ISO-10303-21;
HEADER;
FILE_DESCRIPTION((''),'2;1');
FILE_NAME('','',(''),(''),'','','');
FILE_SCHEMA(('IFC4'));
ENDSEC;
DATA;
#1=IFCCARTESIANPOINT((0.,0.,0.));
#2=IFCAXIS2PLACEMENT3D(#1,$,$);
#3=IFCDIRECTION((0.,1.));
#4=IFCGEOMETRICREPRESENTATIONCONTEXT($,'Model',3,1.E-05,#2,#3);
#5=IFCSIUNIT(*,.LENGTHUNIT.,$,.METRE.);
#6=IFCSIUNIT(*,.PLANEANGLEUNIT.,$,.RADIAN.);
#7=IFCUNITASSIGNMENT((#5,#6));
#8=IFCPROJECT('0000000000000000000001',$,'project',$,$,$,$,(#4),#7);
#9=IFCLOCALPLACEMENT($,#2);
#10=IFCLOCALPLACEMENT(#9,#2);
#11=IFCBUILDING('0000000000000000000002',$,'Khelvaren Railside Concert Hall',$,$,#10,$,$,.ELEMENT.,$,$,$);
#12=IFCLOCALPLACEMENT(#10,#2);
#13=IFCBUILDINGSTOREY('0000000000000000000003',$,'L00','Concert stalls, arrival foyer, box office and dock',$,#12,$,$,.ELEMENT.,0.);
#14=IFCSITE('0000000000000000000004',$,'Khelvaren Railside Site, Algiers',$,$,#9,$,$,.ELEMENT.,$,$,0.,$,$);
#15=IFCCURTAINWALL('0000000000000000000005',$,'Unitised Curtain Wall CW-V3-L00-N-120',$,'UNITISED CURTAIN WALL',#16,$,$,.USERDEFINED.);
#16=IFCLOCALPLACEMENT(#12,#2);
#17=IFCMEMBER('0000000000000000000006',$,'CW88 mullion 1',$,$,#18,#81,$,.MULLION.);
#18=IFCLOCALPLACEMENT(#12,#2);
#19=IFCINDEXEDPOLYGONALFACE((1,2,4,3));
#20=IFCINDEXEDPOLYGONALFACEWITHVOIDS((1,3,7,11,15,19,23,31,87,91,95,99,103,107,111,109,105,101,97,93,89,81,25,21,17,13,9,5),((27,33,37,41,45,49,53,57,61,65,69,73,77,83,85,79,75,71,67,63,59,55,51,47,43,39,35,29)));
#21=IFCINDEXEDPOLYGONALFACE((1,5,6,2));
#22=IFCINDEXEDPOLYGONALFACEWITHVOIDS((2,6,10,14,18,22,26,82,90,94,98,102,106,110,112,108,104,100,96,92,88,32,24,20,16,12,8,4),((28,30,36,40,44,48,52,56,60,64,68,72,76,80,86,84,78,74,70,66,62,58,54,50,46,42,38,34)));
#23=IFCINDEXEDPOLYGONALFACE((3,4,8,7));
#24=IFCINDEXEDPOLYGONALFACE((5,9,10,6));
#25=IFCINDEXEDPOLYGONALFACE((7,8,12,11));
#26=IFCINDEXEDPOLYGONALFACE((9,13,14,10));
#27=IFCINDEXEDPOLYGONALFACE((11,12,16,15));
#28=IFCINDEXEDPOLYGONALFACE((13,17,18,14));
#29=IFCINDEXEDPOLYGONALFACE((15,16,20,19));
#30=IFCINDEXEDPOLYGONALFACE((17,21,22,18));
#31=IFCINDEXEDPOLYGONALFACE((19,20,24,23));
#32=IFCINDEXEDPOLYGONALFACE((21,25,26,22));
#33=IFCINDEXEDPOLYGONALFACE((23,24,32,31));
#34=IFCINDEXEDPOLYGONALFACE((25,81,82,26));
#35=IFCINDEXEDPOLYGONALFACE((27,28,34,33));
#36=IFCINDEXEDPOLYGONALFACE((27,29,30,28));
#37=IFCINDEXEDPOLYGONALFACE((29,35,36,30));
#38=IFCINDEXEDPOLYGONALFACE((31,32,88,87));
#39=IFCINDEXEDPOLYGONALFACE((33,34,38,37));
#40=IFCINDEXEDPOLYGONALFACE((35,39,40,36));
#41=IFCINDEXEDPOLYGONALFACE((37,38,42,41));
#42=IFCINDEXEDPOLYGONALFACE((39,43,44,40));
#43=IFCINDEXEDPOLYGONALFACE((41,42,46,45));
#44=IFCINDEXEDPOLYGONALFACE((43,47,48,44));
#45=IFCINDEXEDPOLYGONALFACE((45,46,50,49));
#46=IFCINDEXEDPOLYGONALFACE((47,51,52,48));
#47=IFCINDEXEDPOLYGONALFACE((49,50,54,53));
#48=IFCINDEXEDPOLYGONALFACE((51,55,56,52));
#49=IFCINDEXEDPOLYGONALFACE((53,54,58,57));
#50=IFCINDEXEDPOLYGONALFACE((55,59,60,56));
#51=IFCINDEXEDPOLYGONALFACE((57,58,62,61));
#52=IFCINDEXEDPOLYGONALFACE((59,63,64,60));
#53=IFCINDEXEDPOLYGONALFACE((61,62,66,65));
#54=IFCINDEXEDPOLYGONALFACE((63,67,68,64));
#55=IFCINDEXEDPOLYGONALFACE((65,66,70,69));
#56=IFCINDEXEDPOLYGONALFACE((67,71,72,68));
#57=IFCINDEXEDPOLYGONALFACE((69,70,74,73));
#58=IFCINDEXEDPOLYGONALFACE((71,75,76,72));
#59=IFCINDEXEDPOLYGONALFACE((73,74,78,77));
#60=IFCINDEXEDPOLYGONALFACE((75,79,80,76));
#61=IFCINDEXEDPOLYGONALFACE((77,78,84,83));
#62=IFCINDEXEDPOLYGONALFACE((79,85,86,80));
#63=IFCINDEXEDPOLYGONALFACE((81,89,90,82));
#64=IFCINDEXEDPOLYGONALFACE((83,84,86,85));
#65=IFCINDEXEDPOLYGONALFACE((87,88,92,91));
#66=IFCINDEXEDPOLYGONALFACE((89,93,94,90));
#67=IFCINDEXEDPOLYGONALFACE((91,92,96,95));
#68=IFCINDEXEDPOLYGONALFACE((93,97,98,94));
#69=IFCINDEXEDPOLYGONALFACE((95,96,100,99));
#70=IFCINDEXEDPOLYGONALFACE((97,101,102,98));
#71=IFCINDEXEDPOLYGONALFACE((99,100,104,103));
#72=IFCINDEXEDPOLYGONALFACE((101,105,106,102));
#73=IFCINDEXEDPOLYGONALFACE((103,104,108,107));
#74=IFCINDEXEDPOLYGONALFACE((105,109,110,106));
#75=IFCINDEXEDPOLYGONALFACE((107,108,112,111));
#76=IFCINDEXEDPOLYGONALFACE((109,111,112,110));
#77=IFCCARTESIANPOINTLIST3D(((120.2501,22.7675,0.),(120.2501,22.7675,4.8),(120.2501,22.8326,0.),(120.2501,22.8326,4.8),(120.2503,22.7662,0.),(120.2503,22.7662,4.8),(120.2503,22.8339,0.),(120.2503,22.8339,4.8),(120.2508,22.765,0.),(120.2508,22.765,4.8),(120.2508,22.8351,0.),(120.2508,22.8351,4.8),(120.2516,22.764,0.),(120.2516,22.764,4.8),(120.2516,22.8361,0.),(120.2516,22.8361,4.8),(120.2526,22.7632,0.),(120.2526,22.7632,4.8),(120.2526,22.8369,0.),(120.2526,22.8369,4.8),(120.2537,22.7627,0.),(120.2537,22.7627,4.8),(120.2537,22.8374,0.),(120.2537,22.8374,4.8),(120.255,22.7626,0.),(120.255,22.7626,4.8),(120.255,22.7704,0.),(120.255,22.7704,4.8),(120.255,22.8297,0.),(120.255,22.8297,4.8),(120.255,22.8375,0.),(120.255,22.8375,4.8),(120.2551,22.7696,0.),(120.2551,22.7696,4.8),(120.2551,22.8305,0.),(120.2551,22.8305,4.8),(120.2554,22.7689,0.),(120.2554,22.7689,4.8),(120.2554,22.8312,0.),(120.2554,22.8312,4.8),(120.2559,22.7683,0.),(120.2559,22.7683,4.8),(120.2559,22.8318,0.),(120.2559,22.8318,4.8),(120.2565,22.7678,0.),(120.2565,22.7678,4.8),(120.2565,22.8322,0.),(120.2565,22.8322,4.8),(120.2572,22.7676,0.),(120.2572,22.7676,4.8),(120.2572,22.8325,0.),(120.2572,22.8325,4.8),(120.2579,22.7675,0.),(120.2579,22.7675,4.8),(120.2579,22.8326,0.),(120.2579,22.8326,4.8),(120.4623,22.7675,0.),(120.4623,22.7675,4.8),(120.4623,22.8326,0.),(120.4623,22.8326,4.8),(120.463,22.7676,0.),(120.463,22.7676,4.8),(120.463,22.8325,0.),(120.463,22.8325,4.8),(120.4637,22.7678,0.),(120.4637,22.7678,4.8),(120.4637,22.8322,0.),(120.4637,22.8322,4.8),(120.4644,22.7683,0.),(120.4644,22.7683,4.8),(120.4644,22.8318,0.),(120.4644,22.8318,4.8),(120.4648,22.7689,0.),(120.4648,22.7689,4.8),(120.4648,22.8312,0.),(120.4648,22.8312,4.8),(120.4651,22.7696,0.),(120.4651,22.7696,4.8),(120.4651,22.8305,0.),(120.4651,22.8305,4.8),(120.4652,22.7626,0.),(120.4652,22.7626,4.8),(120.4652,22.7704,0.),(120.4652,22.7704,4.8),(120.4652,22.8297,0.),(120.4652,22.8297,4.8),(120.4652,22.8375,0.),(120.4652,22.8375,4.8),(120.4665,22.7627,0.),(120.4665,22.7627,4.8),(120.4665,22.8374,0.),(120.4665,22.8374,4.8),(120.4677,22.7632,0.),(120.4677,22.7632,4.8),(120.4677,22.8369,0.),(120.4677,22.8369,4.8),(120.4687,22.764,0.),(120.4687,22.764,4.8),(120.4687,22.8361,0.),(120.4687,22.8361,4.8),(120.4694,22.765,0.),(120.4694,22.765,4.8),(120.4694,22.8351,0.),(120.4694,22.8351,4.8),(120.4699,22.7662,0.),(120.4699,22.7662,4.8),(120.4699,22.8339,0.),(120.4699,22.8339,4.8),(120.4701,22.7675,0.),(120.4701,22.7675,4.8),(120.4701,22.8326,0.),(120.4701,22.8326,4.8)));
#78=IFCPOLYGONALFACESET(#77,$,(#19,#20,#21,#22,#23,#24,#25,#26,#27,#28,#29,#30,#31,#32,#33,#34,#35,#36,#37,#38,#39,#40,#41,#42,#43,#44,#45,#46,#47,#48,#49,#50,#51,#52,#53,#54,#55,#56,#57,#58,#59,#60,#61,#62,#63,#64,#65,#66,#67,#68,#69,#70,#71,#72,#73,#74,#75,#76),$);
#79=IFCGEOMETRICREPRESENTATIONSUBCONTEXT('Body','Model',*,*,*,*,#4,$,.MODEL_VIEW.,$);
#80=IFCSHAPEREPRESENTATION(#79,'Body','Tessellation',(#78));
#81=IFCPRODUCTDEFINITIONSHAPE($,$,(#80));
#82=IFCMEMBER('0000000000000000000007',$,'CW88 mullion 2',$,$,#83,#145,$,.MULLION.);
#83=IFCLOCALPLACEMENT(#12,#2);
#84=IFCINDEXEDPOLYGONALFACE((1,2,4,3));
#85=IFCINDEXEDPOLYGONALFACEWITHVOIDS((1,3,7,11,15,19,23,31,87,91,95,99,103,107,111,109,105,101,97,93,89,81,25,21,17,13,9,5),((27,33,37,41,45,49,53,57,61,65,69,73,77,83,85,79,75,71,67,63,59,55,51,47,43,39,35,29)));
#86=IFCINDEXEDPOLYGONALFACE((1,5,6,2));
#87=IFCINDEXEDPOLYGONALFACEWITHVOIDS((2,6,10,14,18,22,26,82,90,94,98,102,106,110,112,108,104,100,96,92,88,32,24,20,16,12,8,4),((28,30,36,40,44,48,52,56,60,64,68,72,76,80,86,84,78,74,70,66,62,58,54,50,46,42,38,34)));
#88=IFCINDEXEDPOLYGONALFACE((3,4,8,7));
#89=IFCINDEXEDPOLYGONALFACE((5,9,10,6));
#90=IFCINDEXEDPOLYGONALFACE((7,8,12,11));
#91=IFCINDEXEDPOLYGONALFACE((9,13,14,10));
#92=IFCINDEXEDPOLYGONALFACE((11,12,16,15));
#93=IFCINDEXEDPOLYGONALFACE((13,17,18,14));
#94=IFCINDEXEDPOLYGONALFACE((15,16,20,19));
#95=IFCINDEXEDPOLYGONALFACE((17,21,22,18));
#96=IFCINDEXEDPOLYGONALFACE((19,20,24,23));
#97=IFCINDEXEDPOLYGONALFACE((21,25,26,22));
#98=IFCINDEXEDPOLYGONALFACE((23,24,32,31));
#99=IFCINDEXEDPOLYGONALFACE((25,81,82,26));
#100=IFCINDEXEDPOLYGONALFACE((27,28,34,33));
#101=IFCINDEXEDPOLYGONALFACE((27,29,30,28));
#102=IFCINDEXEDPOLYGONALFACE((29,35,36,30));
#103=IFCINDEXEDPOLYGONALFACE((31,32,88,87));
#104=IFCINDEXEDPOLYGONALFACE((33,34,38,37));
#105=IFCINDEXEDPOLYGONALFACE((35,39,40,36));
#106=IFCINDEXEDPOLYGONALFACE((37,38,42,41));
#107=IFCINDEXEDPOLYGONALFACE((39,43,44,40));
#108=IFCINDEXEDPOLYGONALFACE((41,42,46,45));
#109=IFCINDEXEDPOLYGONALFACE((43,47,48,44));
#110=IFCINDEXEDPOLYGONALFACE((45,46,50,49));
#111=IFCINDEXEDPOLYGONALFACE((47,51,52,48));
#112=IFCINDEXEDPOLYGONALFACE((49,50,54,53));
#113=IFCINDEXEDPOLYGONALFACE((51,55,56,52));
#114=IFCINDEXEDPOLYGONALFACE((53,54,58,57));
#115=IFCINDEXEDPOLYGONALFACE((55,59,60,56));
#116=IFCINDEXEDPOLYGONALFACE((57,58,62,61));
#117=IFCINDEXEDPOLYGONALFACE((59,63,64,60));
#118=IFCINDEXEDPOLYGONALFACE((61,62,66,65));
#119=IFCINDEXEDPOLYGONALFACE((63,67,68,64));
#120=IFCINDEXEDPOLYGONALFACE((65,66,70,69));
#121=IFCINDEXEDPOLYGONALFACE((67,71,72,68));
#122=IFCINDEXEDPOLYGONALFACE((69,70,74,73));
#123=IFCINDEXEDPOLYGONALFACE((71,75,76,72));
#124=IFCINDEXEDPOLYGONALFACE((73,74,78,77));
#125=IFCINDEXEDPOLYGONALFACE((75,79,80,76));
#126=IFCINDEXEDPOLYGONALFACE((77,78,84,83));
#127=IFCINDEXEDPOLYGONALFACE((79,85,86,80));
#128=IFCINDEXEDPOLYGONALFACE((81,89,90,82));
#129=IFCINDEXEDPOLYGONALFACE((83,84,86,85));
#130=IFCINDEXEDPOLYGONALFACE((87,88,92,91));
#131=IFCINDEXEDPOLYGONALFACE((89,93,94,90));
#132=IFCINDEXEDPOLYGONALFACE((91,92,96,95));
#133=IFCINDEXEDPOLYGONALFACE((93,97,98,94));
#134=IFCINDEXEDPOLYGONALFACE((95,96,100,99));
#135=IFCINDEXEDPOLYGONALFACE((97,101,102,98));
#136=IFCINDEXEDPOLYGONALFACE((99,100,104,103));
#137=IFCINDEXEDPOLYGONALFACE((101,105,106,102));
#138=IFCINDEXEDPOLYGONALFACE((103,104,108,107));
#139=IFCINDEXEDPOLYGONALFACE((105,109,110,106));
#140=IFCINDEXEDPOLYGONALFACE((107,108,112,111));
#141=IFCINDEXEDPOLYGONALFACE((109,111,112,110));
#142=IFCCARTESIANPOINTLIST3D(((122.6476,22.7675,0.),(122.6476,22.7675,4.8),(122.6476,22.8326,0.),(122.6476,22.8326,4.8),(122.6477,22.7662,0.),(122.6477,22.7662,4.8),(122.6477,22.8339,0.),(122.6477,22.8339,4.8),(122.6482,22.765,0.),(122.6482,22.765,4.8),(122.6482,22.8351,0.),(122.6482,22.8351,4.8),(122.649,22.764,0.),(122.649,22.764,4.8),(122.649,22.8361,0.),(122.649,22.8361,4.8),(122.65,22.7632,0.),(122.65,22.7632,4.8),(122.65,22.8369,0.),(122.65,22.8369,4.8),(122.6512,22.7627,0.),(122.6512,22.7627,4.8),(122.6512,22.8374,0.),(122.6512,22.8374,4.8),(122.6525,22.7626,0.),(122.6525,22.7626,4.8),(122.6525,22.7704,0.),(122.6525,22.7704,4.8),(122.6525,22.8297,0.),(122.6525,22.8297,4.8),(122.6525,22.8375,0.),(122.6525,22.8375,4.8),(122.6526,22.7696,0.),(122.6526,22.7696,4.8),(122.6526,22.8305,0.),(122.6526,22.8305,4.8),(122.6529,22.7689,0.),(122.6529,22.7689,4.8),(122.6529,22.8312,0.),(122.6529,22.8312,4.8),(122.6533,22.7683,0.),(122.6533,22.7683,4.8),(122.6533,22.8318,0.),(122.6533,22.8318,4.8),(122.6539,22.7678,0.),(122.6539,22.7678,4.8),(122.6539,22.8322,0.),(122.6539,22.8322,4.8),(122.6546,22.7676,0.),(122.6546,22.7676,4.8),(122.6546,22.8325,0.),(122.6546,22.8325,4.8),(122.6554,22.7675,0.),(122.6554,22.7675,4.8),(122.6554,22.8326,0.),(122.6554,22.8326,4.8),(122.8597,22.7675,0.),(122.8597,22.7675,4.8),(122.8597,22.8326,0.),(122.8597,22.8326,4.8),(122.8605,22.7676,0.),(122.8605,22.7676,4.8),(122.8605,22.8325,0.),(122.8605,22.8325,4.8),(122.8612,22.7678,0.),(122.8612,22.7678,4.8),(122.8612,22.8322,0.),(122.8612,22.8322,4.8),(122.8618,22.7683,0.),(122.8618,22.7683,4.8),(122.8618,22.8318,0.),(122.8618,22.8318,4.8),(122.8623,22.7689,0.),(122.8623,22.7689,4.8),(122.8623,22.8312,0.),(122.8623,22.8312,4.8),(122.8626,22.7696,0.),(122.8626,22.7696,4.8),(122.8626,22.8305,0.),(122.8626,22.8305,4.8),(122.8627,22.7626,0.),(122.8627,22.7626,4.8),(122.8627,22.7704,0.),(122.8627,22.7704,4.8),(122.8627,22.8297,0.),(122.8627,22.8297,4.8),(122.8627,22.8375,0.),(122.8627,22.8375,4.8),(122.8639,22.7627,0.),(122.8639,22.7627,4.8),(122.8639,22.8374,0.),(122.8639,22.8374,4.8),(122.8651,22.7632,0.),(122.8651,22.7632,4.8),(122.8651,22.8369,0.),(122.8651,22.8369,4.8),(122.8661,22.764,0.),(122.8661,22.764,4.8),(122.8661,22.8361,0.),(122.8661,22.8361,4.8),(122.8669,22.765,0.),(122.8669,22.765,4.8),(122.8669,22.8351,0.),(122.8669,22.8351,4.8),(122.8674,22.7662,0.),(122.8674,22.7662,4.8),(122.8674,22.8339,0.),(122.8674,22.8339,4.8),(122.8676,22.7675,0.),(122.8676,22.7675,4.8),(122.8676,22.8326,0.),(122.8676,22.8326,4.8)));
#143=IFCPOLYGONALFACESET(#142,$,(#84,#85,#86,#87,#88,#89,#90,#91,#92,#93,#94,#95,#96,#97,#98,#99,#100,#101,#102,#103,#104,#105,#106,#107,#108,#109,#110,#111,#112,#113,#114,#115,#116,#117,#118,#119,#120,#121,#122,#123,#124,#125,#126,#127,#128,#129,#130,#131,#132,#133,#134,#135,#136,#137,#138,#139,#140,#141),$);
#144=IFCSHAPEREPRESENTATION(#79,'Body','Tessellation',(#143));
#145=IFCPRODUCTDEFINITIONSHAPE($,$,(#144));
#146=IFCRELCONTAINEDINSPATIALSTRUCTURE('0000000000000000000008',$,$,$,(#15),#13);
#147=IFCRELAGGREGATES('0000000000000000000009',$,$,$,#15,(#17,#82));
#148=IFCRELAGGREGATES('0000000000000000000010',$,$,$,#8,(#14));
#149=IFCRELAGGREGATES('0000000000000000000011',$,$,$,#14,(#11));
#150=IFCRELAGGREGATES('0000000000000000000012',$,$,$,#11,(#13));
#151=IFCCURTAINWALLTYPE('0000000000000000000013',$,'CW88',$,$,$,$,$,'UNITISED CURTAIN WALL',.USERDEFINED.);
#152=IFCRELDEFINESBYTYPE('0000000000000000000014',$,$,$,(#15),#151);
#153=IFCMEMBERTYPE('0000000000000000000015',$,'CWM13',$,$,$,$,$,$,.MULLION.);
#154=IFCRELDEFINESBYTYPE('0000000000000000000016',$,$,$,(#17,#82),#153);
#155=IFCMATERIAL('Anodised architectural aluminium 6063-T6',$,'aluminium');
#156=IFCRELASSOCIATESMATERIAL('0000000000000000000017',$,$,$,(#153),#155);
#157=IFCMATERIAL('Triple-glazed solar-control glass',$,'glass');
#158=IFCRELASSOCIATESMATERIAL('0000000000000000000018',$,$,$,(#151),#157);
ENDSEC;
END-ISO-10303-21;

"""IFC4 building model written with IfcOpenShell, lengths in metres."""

from ifc_helpers import new_model, si_unit, direction, frame, origin, origin_2d, place, context, subcontext, project, spatial, hollow_rectangle, extrude, material, material_profile, profile_set, type_object, element, aggregate, save


model = new_model("IFC4")

# Units and contexts
model_context = context("Model", 3, precision=1e-05, world=origin(), true_north=direction((0.0, 1.0)))
body_context = subcontext(model_context, "Body", "Model", "MODEL_VIEW")
ifc_project = project(units=[si_unit("LENGTHUNIT", "METRE"), si_unit("PLANEANGLEUNIT", "RADIAN")], contexts=[model_context])

# Site, building, storey
site_placement = place(None, origin())
site = spatial("IfcSite", under=ifc_project, at=site_placement, Name="Khelvaren Railside Site, Algiers", CompositionType="ELEMENT", RefElevation=0.0)
building_placement = place(site_placement, origin())
building = spatial("IfcBuilding", under=site, at=building_placement, Name="Khelvaren Railside Concert Hall", CompositionType="ELEMENT")
storey_placement = place(building_placement, origin())
storey = spatial("IfcBuildingStorey", under=building, at=storey_placement, Name="L00", Description="Concert stalls, arrival foyer, box office and dock", CompositionType="ELEMENT", Elevation=0.0)

# Curtain wall, members
ifc_material_1 = material(Name="Triple-glazed solar-control glass", Category="glass")
ifc_material_2 = material(Name="Anodised architectural aluminium 6063-T6", Category="aluminium")
ifc_material_profile_1 = material_profile(ifc_material_2, hollow_rectangle(XDim=0.075, YDim=0.22, WallThickness=0.0049, InnerFilletRadius=0.0029, OuterFilletRadius=0.0049, at=origin_2d()), Name="CWM 75x220x5")
ifc_profile_set_1 = profile_set([ifc_material_profile_1], Name="Anodised architectural aluminium 6063-T6")
member_type_1 = type_object("IfcMemberType", Name="CWM13", PredefinedType="MULLION", material=ifc_profile_set_1)
curtain_wall_type_1 = type_object("IfcCurtainWallType", Name="CW88", ElementType="UNITISED CURTAIN WALL", PredefinedType="USERDEFINED", material=ifc_material_1)
curtain_wall_1_placement = place(storey_placement, origin())
curtain_wall_1 = element("IfcCurtainWall", 1, at=curtain_wall_1_placement, inside=storey, type_object=curtain_wall_type_1, Name="Unitised Curtain Wall CW-V3-L00-N-120", ObjectType="UNITISED CURTAIN WALL", PredefinedType="USERDEFINED")
member_1_placement = place(storey_placement, frame((120.3601, 22.8, 0.0), z_axis=(0.0, 0.0, 1.0), x_axis=(0.0, 1.0, 0.0)))
member_1 = element("IfcMember", 2, at=member_1_placement, type_object=member_type_1, Name="CW88 mullion 1", PredefinedType="MULLION", context=body_context, shape_type="SweptSolid", body=[
    extrude(hollow_rectangle(XDim=0.075, YDim=0.22, WallThickness=0.0049, InnerFilletRadius=0.0029, OuterFilletRadius=0.0049, at=origin_2d()), origin(), (0.0, 0.0, 1.0), 4.8),
])
member_2_placement = place(storey_placement, frame((122.7576, 22.8, 0.0), z_axis=(0.0, 0.0, 1.0), x_axis=(0.0, 1.0, 0.0)))
member_2 = element("IfcMember", 3, at=member_2_placement, type_object=member_type_1, Name="CW88 mullion 2", PredefinedType="MULLION", context=body_context, shape_type="SweptSolid", body=[
    extrude(hollow_rectangle(XDim=0.075, YDim=0.22, WallThickness=0.0049, InnerFilletRadius=0.0029, OuterFilletRadius=0.0049, at=origin_2d()), origin(), (0.0, 0.0, 1.0), 4.8),
])

aggregate(curtain_wall_1, [member_1, member_2])

save(model, "model.ifc")
